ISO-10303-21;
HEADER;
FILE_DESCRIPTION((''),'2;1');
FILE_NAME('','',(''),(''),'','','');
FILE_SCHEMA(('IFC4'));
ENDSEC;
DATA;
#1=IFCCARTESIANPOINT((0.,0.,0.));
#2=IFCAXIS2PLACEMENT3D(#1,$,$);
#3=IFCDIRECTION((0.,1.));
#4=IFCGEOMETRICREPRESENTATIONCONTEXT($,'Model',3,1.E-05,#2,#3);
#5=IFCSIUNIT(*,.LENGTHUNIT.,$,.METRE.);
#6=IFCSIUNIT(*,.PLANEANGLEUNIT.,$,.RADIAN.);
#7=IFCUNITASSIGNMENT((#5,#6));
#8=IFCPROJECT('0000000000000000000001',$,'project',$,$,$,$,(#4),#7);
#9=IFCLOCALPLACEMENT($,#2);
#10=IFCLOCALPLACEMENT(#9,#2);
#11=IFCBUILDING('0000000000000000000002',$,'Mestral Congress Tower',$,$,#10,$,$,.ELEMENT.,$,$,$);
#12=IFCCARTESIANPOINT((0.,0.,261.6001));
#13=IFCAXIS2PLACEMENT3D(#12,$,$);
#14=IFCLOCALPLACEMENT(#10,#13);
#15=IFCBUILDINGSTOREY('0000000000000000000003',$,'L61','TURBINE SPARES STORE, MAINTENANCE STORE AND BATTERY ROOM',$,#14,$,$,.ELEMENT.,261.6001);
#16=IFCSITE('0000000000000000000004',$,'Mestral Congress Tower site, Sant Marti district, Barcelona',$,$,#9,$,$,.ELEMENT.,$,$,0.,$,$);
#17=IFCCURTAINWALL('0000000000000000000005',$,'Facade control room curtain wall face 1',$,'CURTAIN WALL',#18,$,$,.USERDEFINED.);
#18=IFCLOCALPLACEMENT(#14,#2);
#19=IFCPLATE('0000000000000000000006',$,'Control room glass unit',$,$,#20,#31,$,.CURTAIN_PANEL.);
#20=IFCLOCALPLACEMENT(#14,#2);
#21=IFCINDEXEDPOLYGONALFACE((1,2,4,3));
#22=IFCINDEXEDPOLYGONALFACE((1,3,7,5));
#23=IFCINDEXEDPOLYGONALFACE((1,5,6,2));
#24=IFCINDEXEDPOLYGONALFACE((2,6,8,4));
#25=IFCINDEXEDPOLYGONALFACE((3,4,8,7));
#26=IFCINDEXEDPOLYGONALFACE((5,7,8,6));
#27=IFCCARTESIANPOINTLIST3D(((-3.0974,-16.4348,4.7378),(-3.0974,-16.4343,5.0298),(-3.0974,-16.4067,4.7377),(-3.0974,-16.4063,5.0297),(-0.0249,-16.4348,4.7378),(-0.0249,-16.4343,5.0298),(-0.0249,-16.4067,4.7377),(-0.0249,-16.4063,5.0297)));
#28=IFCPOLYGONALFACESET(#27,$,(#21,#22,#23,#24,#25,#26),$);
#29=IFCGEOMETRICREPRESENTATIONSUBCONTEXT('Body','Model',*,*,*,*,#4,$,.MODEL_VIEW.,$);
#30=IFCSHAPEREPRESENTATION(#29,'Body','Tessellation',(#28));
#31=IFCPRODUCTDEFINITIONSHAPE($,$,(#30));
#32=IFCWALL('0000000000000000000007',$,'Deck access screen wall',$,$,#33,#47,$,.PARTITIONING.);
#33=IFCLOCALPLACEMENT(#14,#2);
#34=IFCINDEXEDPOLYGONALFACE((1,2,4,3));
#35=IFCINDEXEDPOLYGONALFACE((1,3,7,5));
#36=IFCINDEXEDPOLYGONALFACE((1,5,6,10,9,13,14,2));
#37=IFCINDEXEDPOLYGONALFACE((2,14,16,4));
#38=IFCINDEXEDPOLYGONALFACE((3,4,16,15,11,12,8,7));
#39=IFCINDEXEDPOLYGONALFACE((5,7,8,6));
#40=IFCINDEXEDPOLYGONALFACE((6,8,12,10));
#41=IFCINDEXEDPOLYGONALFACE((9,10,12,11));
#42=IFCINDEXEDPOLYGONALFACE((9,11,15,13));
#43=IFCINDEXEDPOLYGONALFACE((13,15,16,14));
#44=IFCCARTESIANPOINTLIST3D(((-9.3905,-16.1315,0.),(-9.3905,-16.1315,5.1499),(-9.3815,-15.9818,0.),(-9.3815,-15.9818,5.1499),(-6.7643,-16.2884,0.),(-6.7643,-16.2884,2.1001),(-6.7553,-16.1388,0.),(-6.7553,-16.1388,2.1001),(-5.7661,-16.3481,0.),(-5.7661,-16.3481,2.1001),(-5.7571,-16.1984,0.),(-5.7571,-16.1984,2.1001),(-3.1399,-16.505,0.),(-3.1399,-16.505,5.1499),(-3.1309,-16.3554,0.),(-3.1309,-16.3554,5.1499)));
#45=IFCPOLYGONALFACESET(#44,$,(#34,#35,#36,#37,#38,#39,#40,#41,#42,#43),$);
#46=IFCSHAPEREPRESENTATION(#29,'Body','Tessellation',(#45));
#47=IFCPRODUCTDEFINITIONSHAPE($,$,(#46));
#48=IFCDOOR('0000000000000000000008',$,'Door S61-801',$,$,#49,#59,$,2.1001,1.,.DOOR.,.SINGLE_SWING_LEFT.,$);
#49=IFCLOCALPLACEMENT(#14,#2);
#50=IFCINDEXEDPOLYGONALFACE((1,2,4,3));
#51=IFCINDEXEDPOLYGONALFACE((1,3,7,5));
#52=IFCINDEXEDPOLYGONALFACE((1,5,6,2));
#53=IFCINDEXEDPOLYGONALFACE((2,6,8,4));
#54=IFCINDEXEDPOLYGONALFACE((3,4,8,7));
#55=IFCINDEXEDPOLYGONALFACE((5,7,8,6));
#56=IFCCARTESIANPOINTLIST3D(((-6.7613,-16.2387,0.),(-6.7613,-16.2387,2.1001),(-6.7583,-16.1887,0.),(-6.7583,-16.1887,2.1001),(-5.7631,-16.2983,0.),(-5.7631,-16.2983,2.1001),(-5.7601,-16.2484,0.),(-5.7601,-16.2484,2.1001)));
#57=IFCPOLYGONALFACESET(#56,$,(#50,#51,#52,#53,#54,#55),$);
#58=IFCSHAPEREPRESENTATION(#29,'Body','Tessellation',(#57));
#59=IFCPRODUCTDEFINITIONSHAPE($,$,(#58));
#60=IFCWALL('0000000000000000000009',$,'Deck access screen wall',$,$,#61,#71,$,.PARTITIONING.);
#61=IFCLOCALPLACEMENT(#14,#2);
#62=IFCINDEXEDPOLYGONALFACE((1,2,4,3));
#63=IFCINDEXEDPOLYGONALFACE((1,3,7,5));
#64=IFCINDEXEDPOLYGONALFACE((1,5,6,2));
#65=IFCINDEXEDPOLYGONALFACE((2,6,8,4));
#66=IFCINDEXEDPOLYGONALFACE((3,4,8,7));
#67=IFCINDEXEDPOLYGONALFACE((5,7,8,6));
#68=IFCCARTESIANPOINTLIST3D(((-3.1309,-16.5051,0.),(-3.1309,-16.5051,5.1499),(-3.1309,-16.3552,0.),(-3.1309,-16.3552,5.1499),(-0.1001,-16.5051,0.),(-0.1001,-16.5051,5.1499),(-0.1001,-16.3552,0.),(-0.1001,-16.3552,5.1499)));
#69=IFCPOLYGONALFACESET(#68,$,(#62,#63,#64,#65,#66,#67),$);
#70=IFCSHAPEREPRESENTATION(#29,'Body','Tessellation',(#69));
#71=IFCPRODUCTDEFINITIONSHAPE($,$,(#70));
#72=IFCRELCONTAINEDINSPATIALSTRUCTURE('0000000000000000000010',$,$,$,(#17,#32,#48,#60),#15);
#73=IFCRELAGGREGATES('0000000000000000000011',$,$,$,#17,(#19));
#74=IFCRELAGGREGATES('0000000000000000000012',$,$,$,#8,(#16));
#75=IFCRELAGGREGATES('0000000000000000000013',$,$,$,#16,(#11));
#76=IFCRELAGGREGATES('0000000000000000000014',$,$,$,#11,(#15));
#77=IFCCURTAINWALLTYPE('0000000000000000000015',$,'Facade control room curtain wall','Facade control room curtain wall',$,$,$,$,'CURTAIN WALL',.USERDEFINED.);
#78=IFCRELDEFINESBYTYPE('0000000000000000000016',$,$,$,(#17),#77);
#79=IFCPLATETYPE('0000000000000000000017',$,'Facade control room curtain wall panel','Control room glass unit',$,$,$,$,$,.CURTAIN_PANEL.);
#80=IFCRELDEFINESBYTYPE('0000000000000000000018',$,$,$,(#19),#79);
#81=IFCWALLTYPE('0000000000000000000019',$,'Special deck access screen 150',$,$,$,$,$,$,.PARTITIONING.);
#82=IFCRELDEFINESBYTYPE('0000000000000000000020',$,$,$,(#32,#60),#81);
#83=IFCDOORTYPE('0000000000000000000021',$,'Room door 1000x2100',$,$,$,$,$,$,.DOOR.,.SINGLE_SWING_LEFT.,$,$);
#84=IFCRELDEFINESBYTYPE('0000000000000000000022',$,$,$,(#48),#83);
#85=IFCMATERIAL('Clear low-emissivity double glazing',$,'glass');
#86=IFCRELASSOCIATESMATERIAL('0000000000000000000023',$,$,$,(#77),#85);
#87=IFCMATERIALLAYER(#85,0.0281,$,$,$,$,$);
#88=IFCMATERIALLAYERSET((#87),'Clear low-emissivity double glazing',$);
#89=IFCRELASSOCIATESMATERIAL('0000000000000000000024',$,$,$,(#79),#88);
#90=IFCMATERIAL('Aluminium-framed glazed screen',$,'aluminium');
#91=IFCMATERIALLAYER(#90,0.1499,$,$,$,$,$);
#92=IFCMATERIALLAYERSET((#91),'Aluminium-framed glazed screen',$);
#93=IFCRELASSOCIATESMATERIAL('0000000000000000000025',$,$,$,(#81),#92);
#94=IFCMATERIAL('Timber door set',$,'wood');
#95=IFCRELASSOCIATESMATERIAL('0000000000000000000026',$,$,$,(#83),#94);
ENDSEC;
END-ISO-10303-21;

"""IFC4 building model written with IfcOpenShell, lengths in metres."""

from ifc_helpers import new_model, si_unit, direction, frame, frame_2d, origin, place, context, subcontext, project, spatial, polyline, rectangle, outline, extrude, material, layer, layer_set, type_object, element, fill, aggregate, save


model = new_model("IFC4")

# Units and contexts
model_context = context("Model", 3, precision=1e-05, world=origin(), true_north=direction((0.0, 1.0)))
body_context = subcontext(model_context, "Body", "Model", "MODEL_VIEW")
ifc_project = project(units=[si_unit("LENGTHUNIT", "METRE"), si_unit("PLANEANGLEUNIT", "RADIAN")], contexts=[model_context])

# Site, building, storey
site_placement = place(None, origin())
site = spatial("IfcSite", under=ifc_project, at=site_placement, Name="Mestral Congress Tower site, Sant Marti district, Barcelona", CompositionType="ELEMENT", RefElevation=0.0)
building_placement = place(site_placement, origin())
building = spatial("IfcBuilding", under=site, at=building_placement, Name="Mestral Congress Tower", CompositionType="ELEMENT")
storey_placement = place(building_placement, frame((0.0, 0.0, 261.6001)))
storey = spatial("IfcBuildingStorey", under=building, at=storey_placement, Name="L61", Description="TURBINE SPARES STORE, MAINTENANCE STORE AND BATTERY ROOM", CompositionType="ELEMENT", Elevation=261.6001)

# Curtain wall
ifc_material_1 = material(Name="Clear low-emissivity double glazing", Category="glass")
curtain_wall_type = type_object("IfcCurtainWallType", Name="Facade control room curtain wall", Description="Facade control room curtain wall", ElementType="CURTAIN WALL", PredefinedType="USERDEFINED", material=ifc_material_1)
curtain_wall_placement = place(storey_placement, origin())
curtain_wall = element("IfcCurtainWall", 1, at=curtain_wall_placement, inside=storey, type_object=curtain_wall_type, Name="Facade control room curtain wall face 1", ObjectType="CURTAIN WALL", PredefinedType="USERDEFINED")

# Plate
ifc_layer_1 = layer(ifc_material_1, 0.0281)
ifc_layer_set_1 = layer_set([ifc_layer_1], Name="Clear low-emissivity double glazing")
plate_type = type_object("IfcPlateType", Name="Facade control room curtain wall panel", Description="Control room glass unit", PredefinedType="CURTAIN_PANEL", material=ifc_layer_set_1)
plate_1_placement = place(storey_placement, frame((-0.0249, -16.4343, 5.0298), z_axis=(0.0, -0.999999, 0.001672), x_axis=(0.0, -0.001672, -0.999999)))
plate_1 = element("IfcPlate", 2, at=plate_1_placement, type_object=plate_type, Name="Control room glass unit", PredefinedType="CURTAIN_PANEL", context=body_context, shape_type="SweptSolid", body=[
    extrude(outline(polyline([(0.0, 0.0), (0.292, 0.0), (0.292, -3.0725), (0.0, -3.0725), (0.0, 0.0)])), origin(), (0.0, 0.0, -1.0), 0.0281),
])
aggregate(curtain_wall, [plate_1])

# Wall, opening, door
ifc_material_2 = material(Name="Aluminium-framed glazed screen", Category="aluminium")
ifc_layer_2 = layer(ifc_material_2, 0.1499)
ifc_layer_set_2 = layer_set([ifc_layer_2], Name="Aluminium-framed glazed screen")
wall_type = type_object("IfcWallType", Name="Special deck access screen 150", PredefinedType="PARTITIONING", material=ifc_layer_set_2)
wall_1_placement = place(storey_placement, frame((-9.386, -16.0566, 0.0), z_axis=(0.0, 0.0, 1.0), x_axis=(0.998219, -0.059655, 0.0)))
wall_1 = element("IfcWall", 3, at=wall_1_placement, inside=storey, type_object=wall_type, Name="Deck access screen wall", PredefinedType="PARTITIONING", context=body_context, shape_type="SweptSolid", body=[
    extrude(rectangle(XDim=6.2617, YDim=0.1499, at=frame_2d((3.1309, 0.0))), origin(), (0.0, 0.0, 1.0), 5.1499),
])
opening_placement = place(wall_1_placement, frame((2.6309, 0.0, 0.0)))
opening = element("IfcOpeningElement", 4, at=opening_placement, cuts=wall_1, PredefinedType="OPENING", context=body_context, shape_type="SweptSolid", body=[
    extrude(rectangle(XDim=1.0, YDim=2.1001, at=frame_2d((0.5, 1.05))), frame((0.0, 0.085, 0.0), z_axis=(0.0, -1.0, 0.0), x_axis=(1.0, 0.0, 0.0)), (0.0, 0.0, 1.0), 0.1699),
])
ifc_material_3 = material(Name="Timber door set", Category="wood")
door_type = type_object("IfcDoorType", Name="Room door 1000x2100", OperationType="SINGLE_SWING_LEFT", PredefinedType="DOOR", material=ifc_material_3)
door_placement = place(opening_placement, origin())
door = element("IfcDoor", 5, at=door_placement, inside=storey, type_object=door_type, Name="Door S61-801", OperationType="SINGLE_SWING_LEFT", OverallHeight=2.1001, OverallWidth=1.0, PredefinedType="DOOR", context=body_context, shape_type="SweptSolid", body=[
    extrude(rectangle(XDim=1.0, YDim=2.1001, at=frame_2d((0.5, 1.05))), frame((0.0, 0.0249, 0.0), z_axis=(0.0, -1.0, 0.0), x_axis=(1.0, 0.0, 0.0)), (0.0, 0.0, 1.0), 0.05),
])
fill(opening, door)

# Wall
wall_2_placement = place(storey_placement, frame((-3.1309, -16.4302, 0.0), z_axis=(0.0, 0.0, 1.0), x_axis=(1.0, 0.0, 0.0)))
element("IfcWall", 6, at=wall_2_placement, inside=storey, type_object=wall_type, Name="Deck access screen wall", PredefinedType="PARTITIONING", context=body_context, shape_type="SweptSolid", body=[
    extrude(rectangle(XDim=3.0308, YDim=0.1499, at=frame_2d((1.5154, 0.0))), origin(), (0.0, 0.0, 1.0), 5.1499),
])

save(model, "model.ifc")
